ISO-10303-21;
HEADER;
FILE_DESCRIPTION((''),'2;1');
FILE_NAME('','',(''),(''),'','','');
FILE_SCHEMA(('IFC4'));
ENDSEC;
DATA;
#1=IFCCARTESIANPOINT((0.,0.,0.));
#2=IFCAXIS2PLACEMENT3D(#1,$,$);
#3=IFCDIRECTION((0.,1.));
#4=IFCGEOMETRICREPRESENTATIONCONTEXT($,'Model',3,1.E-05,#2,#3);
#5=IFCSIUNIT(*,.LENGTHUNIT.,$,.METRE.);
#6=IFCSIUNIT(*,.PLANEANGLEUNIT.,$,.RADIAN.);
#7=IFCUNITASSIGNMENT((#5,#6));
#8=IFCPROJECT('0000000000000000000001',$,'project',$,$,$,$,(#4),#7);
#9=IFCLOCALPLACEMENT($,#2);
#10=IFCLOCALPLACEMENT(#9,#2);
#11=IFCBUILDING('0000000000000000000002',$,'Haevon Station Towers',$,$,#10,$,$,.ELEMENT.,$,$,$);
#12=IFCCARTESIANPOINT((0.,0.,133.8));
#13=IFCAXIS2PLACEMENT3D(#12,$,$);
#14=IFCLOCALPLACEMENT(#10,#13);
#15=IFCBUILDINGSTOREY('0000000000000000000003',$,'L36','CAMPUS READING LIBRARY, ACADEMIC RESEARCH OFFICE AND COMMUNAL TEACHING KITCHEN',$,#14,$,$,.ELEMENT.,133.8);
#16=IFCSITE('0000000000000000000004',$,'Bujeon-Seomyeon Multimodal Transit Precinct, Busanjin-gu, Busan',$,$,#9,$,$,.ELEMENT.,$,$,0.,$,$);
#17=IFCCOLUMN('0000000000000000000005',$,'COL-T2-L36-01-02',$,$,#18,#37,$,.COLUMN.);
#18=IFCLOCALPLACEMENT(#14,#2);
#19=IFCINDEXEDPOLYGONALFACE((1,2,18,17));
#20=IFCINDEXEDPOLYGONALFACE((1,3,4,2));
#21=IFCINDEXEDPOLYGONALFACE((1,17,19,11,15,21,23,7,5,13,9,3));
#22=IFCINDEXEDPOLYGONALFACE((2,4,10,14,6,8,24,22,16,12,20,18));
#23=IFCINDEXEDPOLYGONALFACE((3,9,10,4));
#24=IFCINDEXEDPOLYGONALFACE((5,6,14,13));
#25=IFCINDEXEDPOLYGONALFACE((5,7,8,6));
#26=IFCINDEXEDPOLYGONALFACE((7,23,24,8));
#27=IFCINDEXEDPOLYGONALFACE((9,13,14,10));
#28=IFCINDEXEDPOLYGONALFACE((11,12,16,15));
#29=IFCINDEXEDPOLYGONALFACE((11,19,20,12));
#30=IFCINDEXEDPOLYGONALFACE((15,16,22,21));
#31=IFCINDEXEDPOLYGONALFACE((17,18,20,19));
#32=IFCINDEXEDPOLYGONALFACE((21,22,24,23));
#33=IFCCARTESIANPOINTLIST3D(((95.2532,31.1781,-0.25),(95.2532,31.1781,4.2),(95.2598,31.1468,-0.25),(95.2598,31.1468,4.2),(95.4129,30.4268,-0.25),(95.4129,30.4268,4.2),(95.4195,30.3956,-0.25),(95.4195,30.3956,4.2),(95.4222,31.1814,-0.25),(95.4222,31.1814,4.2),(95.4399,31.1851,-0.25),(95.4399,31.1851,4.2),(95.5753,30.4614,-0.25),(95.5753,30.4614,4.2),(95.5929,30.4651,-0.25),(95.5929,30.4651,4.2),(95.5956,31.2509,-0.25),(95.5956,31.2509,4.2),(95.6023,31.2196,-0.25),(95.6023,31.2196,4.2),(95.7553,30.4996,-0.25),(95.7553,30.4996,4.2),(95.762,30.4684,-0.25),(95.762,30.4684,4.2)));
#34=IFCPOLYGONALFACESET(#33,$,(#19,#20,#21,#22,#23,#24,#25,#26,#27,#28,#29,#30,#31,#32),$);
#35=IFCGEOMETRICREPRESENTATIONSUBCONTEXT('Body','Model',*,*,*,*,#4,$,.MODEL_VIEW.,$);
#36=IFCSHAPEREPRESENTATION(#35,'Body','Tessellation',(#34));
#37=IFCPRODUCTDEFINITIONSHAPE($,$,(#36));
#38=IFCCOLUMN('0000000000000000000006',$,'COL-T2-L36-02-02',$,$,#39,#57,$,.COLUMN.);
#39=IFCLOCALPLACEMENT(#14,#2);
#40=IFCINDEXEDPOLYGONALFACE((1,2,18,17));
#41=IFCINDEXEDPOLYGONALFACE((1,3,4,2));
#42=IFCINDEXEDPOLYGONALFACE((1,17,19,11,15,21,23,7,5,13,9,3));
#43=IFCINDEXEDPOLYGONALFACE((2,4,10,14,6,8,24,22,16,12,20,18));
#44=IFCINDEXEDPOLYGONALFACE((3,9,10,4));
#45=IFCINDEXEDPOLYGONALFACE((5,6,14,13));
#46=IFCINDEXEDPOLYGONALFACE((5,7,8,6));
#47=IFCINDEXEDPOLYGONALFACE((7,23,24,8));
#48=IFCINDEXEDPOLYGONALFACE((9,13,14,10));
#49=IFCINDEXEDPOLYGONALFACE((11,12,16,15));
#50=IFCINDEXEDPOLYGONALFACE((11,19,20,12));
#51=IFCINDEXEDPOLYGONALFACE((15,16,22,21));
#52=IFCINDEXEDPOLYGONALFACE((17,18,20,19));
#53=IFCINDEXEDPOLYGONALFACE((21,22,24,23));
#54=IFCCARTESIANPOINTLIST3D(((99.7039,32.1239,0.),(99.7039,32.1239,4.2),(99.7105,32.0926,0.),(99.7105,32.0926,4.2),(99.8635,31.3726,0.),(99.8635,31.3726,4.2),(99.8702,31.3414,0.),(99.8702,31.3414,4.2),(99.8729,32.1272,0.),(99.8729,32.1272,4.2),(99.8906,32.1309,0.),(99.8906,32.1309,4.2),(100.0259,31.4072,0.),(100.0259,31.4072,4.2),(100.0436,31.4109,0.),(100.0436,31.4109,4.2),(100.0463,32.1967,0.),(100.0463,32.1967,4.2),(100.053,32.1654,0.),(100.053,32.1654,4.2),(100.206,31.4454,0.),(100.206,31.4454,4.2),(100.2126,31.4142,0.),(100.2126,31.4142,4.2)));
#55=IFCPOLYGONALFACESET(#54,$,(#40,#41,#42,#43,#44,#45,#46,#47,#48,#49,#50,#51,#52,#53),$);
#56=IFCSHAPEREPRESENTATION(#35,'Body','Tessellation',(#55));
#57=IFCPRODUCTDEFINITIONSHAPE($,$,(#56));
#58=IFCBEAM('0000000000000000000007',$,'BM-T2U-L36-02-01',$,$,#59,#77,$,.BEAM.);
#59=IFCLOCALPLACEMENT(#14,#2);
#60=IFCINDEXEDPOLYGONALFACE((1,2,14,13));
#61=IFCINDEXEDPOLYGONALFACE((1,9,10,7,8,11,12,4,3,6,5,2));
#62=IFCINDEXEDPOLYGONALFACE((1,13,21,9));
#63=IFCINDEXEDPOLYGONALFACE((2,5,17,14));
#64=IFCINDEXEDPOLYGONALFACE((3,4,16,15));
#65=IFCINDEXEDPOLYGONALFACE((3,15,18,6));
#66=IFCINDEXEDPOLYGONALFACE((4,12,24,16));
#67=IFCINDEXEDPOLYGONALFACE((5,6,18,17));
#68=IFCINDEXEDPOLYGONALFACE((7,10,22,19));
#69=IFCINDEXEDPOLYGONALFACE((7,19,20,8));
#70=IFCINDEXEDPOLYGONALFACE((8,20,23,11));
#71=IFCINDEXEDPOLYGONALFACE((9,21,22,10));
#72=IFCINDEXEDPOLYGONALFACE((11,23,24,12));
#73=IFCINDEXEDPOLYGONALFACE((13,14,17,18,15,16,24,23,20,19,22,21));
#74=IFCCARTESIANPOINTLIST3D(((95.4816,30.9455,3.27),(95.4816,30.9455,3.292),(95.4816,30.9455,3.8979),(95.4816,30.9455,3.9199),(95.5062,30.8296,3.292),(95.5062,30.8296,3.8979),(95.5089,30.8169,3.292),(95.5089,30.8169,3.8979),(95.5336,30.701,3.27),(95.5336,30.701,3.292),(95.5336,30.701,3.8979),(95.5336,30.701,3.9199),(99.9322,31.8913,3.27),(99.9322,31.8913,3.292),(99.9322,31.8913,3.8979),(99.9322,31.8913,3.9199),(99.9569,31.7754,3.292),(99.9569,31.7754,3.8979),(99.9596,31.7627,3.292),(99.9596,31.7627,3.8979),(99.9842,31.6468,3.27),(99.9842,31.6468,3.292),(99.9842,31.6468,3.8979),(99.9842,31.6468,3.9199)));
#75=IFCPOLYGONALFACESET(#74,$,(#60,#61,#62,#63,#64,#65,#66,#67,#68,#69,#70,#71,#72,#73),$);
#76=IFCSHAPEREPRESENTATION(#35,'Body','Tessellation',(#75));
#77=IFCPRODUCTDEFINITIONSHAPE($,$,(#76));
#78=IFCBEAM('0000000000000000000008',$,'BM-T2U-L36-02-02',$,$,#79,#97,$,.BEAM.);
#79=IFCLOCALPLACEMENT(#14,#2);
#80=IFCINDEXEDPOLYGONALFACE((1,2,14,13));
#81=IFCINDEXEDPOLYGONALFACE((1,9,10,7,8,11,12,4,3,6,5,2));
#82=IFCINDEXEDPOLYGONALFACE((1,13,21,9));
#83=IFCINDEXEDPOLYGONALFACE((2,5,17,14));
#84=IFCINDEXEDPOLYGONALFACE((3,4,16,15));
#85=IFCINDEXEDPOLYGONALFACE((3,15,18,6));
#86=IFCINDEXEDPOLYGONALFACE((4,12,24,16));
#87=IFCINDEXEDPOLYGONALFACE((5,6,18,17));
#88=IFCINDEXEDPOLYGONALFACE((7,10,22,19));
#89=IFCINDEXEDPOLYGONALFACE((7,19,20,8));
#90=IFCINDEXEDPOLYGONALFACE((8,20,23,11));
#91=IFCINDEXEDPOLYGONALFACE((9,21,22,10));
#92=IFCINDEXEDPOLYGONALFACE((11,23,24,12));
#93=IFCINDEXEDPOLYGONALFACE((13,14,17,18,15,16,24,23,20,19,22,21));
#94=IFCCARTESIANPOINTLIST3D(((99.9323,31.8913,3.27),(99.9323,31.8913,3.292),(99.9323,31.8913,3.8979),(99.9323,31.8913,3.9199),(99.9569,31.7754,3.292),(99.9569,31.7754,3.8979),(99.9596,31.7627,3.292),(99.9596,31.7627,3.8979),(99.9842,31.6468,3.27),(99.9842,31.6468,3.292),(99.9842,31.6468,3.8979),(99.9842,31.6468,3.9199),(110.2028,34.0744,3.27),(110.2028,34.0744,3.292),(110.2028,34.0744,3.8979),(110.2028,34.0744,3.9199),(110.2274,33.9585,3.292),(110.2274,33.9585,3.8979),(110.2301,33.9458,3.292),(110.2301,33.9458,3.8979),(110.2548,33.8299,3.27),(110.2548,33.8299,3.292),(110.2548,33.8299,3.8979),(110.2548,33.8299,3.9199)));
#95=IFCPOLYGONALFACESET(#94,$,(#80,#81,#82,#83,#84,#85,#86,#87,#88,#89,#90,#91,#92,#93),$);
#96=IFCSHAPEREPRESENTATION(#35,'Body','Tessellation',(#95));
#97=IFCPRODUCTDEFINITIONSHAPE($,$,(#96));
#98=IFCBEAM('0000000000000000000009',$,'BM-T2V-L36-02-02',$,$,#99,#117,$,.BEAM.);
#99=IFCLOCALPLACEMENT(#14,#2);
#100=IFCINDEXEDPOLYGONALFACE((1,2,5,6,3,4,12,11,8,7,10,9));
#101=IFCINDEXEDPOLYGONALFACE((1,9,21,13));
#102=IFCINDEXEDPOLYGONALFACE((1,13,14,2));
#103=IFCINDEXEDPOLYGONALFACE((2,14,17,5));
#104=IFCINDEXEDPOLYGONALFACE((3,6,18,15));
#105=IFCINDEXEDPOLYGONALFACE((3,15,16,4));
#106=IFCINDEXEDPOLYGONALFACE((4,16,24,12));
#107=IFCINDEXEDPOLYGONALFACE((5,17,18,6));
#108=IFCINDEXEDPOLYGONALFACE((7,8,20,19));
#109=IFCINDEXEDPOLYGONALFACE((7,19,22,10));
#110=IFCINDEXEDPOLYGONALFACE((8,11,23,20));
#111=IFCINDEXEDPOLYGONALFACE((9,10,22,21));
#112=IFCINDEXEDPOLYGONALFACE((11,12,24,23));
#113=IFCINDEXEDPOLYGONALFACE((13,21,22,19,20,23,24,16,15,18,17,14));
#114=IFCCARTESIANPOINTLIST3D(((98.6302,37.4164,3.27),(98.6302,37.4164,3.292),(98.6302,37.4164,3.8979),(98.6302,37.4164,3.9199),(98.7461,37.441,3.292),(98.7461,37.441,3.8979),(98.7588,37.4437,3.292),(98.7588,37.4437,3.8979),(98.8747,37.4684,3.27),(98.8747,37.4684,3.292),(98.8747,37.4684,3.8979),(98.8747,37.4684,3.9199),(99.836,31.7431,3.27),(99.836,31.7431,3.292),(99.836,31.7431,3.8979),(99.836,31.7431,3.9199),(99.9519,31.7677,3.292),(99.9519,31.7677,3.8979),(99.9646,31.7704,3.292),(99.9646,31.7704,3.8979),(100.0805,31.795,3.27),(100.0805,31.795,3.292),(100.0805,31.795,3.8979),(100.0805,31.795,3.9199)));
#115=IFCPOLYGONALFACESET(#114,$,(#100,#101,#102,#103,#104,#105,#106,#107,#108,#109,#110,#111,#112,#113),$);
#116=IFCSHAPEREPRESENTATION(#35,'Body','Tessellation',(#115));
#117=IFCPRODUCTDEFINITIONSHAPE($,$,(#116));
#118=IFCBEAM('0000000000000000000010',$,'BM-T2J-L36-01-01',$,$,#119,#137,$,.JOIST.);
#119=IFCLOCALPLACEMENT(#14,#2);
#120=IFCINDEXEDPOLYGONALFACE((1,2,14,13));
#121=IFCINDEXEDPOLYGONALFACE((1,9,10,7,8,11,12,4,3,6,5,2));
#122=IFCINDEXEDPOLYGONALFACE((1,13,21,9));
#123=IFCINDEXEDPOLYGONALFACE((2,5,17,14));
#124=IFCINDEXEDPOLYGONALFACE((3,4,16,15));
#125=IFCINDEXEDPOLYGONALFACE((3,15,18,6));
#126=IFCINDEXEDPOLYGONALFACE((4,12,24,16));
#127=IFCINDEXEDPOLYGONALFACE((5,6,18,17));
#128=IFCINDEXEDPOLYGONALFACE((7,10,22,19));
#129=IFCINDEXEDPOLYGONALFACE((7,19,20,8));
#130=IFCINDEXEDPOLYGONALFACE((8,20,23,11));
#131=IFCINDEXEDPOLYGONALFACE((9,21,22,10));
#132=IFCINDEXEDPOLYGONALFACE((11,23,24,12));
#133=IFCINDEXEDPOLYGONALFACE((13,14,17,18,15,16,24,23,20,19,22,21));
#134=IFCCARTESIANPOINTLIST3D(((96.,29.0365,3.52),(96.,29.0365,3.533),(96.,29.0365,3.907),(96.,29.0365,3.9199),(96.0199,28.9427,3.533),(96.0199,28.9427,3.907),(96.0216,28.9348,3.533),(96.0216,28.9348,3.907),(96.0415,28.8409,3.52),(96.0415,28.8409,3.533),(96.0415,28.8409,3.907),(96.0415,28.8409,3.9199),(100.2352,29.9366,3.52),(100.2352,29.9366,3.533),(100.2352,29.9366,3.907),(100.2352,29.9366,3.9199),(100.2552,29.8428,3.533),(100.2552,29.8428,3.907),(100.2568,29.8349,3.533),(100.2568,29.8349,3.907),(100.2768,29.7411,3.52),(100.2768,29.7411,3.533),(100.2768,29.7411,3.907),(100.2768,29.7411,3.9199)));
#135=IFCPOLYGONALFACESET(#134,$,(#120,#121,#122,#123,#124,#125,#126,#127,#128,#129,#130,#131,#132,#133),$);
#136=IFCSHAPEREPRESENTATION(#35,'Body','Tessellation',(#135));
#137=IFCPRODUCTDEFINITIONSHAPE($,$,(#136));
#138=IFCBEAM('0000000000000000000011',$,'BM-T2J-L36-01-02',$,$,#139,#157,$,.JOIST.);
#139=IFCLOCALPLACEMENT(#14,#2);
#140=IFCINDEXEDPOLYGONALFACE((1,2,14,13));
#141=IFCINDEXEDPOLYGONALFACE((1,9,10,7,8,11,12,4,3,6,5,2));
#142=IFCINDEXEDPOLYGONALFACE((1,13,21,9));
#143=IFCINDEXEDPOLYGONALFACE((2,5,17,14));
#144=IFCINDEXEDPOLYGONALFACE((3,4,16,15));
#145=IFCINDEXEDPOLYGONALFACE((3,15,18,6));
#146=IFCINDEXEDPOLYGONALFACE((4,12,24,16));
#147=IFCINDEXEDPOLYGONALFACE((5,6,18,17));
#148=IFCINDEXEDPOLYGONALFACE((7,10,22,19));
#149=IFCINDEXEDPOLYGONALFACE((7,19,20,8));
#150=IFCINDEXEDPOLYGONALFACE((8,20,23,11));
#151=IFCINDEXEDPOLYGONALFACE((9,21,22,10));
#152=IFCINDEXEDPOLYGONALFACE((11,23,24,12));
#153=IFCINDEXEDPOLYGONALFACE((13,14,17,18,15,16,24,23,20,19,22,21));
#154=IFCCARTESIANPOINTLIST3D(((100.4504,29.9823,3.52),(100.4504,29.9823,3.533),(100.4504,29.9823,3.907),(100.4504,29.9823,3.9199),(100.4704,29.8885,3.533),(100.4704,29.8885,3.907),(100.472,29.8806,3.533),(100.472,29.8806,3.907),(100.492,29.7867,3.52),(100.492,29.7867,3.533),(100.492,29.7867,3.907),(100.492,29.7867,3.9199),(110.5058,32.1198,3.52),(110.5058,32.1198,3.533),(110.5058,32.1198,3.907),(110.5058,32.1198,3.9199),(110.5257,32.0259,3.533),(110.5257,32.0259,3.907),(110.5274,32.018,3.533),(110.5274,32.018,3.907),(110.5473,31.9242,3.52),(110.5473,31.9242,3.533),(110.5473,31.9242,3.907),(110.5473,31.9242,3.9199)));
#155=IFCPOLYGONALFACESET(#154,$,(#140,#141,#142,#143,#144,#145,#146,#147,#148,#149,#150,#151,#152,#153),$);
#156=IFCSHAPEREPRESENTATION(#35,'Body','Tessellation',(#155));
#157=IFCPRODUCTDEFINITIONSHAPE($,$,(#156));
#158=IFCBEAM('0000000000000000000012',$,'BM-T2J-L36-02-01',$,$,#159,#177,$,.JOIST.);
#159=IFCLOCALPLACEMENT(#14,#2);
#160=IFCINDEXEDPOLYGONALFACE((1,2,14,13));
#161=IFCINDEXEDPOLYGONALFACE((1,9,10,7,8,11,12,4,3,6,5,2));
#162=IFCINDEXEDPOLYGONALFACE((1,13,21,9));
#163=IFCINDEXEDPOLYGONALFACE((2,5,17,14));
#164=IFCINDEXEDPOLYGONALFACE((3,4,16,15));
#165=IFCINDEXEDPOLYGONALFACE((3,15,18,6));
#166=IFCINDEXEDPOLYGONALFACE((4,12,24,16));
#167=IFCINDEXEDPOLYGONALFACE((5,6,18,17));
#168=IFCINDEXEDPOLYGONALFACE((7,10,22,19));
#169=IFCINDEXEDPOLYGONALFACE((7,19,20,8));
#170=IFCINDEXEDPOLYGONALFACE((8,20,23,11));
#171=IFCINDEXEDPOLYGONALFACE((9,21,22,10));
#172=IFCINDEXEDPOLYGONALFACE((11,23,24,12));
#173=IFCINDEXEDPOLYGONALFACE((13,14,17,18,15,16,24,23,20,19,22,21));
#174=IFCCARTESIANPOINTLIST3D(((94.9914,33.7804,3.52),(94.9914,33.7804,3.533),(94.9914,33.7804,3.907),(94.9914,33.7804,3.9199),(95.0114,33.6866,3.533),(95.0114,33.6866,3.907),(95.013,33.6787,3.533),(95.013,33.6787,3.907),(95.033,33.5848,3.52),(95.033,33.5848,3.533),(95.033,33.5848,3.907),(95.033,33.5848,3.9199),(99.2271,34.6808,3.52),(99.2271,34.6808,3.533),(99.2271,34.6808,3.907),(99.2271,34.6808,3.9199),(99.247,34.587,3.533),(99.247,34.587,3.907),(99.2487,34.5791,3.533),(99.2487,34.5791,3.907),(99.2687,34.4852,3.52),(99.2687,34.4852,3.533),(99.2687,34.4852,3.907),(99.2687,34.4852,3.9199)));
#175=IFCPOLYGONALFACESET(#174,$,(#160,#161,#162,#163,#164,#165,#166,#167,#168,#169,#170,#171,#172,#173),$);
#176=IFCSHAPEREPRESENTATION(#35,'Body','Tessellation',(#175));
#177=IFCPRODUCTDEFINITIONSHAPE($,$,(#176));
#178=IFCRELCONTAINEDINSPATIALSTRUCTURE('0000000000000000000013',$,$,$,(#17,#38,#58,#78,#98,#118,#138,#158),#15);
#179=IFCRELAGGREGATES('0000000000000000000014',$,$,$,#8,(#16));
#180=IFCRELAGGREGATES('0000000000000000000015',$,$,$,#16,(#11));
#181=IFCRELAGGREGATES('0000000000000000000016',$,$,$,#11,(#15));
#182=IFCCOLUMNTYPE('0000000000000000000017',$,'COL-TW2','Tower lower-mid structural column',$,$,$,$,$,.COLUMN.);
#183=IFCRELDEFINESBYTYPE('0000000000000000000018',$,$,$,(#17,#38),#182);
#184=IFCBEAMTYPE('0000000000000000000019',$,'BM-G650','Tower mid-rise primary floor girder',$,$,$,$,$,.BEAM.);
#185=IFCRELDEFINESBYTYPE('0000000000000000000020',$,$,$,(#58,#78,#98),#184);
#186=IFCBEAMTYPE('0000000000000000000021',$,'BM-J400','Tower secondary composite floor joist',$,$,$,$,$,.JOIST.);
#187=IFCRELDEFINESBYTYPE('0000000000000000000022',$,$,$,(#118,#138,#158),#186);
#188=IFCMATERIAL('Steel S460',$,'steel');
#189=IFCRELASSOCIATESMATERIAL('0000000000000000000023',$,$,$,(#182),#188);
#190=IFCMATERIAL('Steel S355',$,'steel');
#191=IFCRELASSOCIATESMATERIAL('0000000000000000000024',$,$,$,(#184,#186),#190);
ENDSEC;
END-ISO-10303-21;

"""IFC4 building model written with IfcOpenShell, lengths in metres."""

from ifc_helpers import new_model, si_unit, direction, frame, origin, origin_2d, place, context, subcontext, project, spatial, i_section, extrude, material, material_profile, profile_set, type_object, element, save


model = new_model("IFC4")

# Units and contexts
model_context = context("Model", 3, precision=1e-05, world=origin(), true_north=direction((0.0, 1.0)))
body_context = subcontext(model_context, "Body", "Model", "MODEL_VIEW")
ifc_project = project(units=[si_unit("LENGTHUNIT", "METRE"), si_unit("PLANEANGLEUNIT", "RADIAN")], contexts=[model_context])

# Site, building, storey
site_placement = place(None, origin())
site = spatial("IfcSite", under=ifc_project, at=site_placement, Name="Bujeon-Seomyeon Multimodal Transit Precinct, Busanjin-gu, Busan", CompositionType="ELEMENT", RefElevation=0.0)
building_placement = place(site_placement, origin())
building = spatial("IfcBuilding", under=site, at=building_placement, Name="Haevon Station Towers", CompositionType="ELEMENT")
storey_placement = place(building_placement, frame((0.0, 0.0, 133.8)))
storey = spatial("IfcBuildingStorey", under=building, at=storey_placement, Name="L36", Description="CAMPUS READING LIBRARY, ACADEMIC RESEARCH OFFICE AND COMMUNAL TEACHING KITCHEN", CompositionType="ELEMENT", Elevation=133.8)

# Columns
ifc_material_1 = material(Name="Steel S460", Category="steel")
ifc_material_profile_1 = material_profile(ifc_material_1, i_section(OverallWidth=0.3501, OverallDepth=0.8, WebThickness=0.0181, FlangeThickness=0.032, at=origin_2d()), Name="H-800x350x18x32")
ifc_profile_set_1 = profile_set([ifc_material_profile_1], Name="Steel S460")
column_type = type_object("IfcColumnType", Name="COL-TW2", Description="Tower lower-mid structural column", PredefinedType="COLUMN", material=ifc_profile_set_1)
column_1_placement = place(storey_placement, frame((95.5076, 30.8232, -0.25), z_axis=(0.0, 0.0, 1.0), x_axis=(0.978148, 0.207912, 0.0)))
element("IfcColumn", 1, at=column_1_placement, inside=storey, type_object=column_type, Name="COL-T2-L36-01-02", PredefinedType="COLUMN", context=body_context, shape_type="SweptSolid", body=[
    extrude(i_section(OverallWidth=0.3501, OverallDepth=0.8, WebThickness=0.0181, FlangeThickness=0.032, at=origin_2d()), origin(), (0.0, 0.0, 1.0), 4.45),
])
column_2_placement = place(storey_placement, frame((99.9583, 31.769, 0.0), z_axis=(0.0, 0.0, 1.0), x_axis=(0.978148, 0.207912, 0.0)))
element("IfcColumn", 2, at=column_2_placement, inside=storey, type_object=column_type, Name="COL-T2-L36-02-02", PredefinedType="COLUMN", context=body_context, shape_type="SweptSolid", body=[
    extrude(i_section(OverallWidth=0.3501, OverallDepth=0.8, WebThickness=0.0181, FlangeThickness=0.032, at=origin_2d()), origin(), (0.0, 0.0, 1.0), 4.2),
])

# Beams
ifc_material_2 = material(Name="Steel S355", Category="steel")
ifc_material_profile_2 = material_profile(ifc_material_2, i_section(OverallWidth=0.25, OverallDepth=0.6499, WebThickness=0.0129, FlangeThickness=0.022, at=origin_2d()), Name="H-650x250x13x22")
ifc_profile_set_2 = profile_set([ifc_material_profile_2], Name="Steel S355")
beam_type_1 = type_object("IfcBeamType", Name="BM-G650", Description="Tower mid-rise primary floor girder", PredefinedType="BEAM", material=ifc_profile_set_2)
beam_1_placement = place(storey_placement, frame((95.5076, 30.8232, 3.595), z_axis=(0.978157, 0.207865, 0.0), x_axis=(-0.207865, 0.978157, 0.0)))
element("IfcBeam", 3, at=beam_1_placement, inside=storey, type_object=beam_type_1, Name="BM-T2U-L36-02-01", PredefinedType="BEAM", context=body_context, shape_type="SweptSolid", body=[
    extrude(i_section(OverallWidth=0.25, OverallDepth=0.6499, WebThickness=0.0129, FlangeThickness=0.022, at=origin_2d()), origin(), (0.0, 0.0, 1.0), 4.55),
])
beam_2_placement = place(storey_placement, frame((99.9583, 31.769, 3.595), z_axis=(0.978147, 0.207915, 0.0), x_axis=(-0.207915, 0.978147, 0.0)))
element("IfcBeam", 4, at=beam_2_placement, inside=storey, type_object=beam_type_1, Name="BM-T2U-L36-02-02", PredefinedType="BEAM", context=body_context, shape_type="SweptSolid", body=[
    extrude(i_section(OverallWidth=0.25, OverallDepth=0.6499, WebThickness=0.0129, FlangeThickness=0.022, at=origin_2d()), origin(), (0.0, 0.0, 1.0), 10.5),
])
beam_3_placement = place(storey_placement, frame((99.9583, 31.769, 3.595), z_axis=(-0.207896, 0.978151, 0.0), x_axis=(-0.978151, -0.207896, 0.0)))
element("IfcBeam", 5, at=beam_3_placement, inside=storey, type_object=beam_type_1, Name="BM-T2V-L36-02-02", PredefinedType="BEAM", context=body_context, shape_type="SweptSolid", body=[
    extrude(i_section(OverallWidth=0.25, OverallDepth=0.6499, WebThickness=0.0129, FlangeThickness=0.022, at=origin_2d()), origin(), (0.0, 0.0, 1.0), 5.8),
])
ifc_material_profile_3 = material_profile(ifc_material_2, i_section(OverallWidth=0.2, OverallDepth=0.3999, WebThickness=0.0081, FlangeThickness=0.0129, at=origin_2d()), Name="H-400x200x8x13")
ifc_profile_set_3 = profile_set([ifc_material_profile_3], Name="Steel S355")
beam_type_2 = type_object("IfcBeamType", Name="BM-J400", Description="Tower secondary composite floor joist", PredefinedType="JOIST", material=ifc_profile_set_3)
beam_4_placement = place(storey_placement, frame((96.0208, 28.9387, 3.72), z_axis=(0.978153, 0.207888, 0.0), x_axis=(-0.207888, 0.978153, 0.0)))
element("IfcBeam", 6, at=beam_4_placement, inside=storey, type_object=beam_type_2, Name="BM-T2J-L36-01-01", PredefinedType="JOIST", context=body_context, shape_type="SweptSolid", body=[
    extrude(i_section(OverallWidth=0.2, OverallDepth=0.3999, WebThickness=0.0081, FlangeThickness=0.0129, at=origin_2d()), origin(), (0.0, 0.0, 1.0), 4.3298),
])
beam_5_placement = place(storey_placement, frame((100.4712, 29.8845, 3.72), z_axis=(0.978146, 0.207922, 0.0), x_axis=(-0.207922, 0.978146, 0.0)))
element("IfcBeam", 7, at=beam_5_placement, inside=storey, type_object=beam_type_2, Name="BM-T2J-L36-01-02", PredefinedType="JOIST", context=body_context, shape_type="SweptSolid", body=[
    extrude(i_section(OverallWidth=0.2, OverallDepth=0.3999, WebThickness=0.0081, FlangeThickness=0.0129, at=origin_2d()), origin(), (0.0, 0.0, 1.0), 10.28),
])
beam_6_placement = place(storey_placement, frame((95.0122, 33.6826, 3.72), z_axis=(0.978144, 0.207931, 0.0), x_axis=(-0.207931, 0.978144, 0.0)))
element("IfcBeam", 8, at=beam_6_placement, inside=storey, type_object=beam_type_2, Name="BM-T2J-L36-02-01", PredefinedType="JOIST", context=body_context, shape_type="SweptSolid", body=[
    extrude(i_section(OverallWidth=0.2, OverallDepth=0.3999, WebThickness=0.0081, FlangeThickness=0.0129, at=origin_2d()), origin(), (0.0, 0.0, 1.0), 4.3303),
])

save(model, "model.ifc")
